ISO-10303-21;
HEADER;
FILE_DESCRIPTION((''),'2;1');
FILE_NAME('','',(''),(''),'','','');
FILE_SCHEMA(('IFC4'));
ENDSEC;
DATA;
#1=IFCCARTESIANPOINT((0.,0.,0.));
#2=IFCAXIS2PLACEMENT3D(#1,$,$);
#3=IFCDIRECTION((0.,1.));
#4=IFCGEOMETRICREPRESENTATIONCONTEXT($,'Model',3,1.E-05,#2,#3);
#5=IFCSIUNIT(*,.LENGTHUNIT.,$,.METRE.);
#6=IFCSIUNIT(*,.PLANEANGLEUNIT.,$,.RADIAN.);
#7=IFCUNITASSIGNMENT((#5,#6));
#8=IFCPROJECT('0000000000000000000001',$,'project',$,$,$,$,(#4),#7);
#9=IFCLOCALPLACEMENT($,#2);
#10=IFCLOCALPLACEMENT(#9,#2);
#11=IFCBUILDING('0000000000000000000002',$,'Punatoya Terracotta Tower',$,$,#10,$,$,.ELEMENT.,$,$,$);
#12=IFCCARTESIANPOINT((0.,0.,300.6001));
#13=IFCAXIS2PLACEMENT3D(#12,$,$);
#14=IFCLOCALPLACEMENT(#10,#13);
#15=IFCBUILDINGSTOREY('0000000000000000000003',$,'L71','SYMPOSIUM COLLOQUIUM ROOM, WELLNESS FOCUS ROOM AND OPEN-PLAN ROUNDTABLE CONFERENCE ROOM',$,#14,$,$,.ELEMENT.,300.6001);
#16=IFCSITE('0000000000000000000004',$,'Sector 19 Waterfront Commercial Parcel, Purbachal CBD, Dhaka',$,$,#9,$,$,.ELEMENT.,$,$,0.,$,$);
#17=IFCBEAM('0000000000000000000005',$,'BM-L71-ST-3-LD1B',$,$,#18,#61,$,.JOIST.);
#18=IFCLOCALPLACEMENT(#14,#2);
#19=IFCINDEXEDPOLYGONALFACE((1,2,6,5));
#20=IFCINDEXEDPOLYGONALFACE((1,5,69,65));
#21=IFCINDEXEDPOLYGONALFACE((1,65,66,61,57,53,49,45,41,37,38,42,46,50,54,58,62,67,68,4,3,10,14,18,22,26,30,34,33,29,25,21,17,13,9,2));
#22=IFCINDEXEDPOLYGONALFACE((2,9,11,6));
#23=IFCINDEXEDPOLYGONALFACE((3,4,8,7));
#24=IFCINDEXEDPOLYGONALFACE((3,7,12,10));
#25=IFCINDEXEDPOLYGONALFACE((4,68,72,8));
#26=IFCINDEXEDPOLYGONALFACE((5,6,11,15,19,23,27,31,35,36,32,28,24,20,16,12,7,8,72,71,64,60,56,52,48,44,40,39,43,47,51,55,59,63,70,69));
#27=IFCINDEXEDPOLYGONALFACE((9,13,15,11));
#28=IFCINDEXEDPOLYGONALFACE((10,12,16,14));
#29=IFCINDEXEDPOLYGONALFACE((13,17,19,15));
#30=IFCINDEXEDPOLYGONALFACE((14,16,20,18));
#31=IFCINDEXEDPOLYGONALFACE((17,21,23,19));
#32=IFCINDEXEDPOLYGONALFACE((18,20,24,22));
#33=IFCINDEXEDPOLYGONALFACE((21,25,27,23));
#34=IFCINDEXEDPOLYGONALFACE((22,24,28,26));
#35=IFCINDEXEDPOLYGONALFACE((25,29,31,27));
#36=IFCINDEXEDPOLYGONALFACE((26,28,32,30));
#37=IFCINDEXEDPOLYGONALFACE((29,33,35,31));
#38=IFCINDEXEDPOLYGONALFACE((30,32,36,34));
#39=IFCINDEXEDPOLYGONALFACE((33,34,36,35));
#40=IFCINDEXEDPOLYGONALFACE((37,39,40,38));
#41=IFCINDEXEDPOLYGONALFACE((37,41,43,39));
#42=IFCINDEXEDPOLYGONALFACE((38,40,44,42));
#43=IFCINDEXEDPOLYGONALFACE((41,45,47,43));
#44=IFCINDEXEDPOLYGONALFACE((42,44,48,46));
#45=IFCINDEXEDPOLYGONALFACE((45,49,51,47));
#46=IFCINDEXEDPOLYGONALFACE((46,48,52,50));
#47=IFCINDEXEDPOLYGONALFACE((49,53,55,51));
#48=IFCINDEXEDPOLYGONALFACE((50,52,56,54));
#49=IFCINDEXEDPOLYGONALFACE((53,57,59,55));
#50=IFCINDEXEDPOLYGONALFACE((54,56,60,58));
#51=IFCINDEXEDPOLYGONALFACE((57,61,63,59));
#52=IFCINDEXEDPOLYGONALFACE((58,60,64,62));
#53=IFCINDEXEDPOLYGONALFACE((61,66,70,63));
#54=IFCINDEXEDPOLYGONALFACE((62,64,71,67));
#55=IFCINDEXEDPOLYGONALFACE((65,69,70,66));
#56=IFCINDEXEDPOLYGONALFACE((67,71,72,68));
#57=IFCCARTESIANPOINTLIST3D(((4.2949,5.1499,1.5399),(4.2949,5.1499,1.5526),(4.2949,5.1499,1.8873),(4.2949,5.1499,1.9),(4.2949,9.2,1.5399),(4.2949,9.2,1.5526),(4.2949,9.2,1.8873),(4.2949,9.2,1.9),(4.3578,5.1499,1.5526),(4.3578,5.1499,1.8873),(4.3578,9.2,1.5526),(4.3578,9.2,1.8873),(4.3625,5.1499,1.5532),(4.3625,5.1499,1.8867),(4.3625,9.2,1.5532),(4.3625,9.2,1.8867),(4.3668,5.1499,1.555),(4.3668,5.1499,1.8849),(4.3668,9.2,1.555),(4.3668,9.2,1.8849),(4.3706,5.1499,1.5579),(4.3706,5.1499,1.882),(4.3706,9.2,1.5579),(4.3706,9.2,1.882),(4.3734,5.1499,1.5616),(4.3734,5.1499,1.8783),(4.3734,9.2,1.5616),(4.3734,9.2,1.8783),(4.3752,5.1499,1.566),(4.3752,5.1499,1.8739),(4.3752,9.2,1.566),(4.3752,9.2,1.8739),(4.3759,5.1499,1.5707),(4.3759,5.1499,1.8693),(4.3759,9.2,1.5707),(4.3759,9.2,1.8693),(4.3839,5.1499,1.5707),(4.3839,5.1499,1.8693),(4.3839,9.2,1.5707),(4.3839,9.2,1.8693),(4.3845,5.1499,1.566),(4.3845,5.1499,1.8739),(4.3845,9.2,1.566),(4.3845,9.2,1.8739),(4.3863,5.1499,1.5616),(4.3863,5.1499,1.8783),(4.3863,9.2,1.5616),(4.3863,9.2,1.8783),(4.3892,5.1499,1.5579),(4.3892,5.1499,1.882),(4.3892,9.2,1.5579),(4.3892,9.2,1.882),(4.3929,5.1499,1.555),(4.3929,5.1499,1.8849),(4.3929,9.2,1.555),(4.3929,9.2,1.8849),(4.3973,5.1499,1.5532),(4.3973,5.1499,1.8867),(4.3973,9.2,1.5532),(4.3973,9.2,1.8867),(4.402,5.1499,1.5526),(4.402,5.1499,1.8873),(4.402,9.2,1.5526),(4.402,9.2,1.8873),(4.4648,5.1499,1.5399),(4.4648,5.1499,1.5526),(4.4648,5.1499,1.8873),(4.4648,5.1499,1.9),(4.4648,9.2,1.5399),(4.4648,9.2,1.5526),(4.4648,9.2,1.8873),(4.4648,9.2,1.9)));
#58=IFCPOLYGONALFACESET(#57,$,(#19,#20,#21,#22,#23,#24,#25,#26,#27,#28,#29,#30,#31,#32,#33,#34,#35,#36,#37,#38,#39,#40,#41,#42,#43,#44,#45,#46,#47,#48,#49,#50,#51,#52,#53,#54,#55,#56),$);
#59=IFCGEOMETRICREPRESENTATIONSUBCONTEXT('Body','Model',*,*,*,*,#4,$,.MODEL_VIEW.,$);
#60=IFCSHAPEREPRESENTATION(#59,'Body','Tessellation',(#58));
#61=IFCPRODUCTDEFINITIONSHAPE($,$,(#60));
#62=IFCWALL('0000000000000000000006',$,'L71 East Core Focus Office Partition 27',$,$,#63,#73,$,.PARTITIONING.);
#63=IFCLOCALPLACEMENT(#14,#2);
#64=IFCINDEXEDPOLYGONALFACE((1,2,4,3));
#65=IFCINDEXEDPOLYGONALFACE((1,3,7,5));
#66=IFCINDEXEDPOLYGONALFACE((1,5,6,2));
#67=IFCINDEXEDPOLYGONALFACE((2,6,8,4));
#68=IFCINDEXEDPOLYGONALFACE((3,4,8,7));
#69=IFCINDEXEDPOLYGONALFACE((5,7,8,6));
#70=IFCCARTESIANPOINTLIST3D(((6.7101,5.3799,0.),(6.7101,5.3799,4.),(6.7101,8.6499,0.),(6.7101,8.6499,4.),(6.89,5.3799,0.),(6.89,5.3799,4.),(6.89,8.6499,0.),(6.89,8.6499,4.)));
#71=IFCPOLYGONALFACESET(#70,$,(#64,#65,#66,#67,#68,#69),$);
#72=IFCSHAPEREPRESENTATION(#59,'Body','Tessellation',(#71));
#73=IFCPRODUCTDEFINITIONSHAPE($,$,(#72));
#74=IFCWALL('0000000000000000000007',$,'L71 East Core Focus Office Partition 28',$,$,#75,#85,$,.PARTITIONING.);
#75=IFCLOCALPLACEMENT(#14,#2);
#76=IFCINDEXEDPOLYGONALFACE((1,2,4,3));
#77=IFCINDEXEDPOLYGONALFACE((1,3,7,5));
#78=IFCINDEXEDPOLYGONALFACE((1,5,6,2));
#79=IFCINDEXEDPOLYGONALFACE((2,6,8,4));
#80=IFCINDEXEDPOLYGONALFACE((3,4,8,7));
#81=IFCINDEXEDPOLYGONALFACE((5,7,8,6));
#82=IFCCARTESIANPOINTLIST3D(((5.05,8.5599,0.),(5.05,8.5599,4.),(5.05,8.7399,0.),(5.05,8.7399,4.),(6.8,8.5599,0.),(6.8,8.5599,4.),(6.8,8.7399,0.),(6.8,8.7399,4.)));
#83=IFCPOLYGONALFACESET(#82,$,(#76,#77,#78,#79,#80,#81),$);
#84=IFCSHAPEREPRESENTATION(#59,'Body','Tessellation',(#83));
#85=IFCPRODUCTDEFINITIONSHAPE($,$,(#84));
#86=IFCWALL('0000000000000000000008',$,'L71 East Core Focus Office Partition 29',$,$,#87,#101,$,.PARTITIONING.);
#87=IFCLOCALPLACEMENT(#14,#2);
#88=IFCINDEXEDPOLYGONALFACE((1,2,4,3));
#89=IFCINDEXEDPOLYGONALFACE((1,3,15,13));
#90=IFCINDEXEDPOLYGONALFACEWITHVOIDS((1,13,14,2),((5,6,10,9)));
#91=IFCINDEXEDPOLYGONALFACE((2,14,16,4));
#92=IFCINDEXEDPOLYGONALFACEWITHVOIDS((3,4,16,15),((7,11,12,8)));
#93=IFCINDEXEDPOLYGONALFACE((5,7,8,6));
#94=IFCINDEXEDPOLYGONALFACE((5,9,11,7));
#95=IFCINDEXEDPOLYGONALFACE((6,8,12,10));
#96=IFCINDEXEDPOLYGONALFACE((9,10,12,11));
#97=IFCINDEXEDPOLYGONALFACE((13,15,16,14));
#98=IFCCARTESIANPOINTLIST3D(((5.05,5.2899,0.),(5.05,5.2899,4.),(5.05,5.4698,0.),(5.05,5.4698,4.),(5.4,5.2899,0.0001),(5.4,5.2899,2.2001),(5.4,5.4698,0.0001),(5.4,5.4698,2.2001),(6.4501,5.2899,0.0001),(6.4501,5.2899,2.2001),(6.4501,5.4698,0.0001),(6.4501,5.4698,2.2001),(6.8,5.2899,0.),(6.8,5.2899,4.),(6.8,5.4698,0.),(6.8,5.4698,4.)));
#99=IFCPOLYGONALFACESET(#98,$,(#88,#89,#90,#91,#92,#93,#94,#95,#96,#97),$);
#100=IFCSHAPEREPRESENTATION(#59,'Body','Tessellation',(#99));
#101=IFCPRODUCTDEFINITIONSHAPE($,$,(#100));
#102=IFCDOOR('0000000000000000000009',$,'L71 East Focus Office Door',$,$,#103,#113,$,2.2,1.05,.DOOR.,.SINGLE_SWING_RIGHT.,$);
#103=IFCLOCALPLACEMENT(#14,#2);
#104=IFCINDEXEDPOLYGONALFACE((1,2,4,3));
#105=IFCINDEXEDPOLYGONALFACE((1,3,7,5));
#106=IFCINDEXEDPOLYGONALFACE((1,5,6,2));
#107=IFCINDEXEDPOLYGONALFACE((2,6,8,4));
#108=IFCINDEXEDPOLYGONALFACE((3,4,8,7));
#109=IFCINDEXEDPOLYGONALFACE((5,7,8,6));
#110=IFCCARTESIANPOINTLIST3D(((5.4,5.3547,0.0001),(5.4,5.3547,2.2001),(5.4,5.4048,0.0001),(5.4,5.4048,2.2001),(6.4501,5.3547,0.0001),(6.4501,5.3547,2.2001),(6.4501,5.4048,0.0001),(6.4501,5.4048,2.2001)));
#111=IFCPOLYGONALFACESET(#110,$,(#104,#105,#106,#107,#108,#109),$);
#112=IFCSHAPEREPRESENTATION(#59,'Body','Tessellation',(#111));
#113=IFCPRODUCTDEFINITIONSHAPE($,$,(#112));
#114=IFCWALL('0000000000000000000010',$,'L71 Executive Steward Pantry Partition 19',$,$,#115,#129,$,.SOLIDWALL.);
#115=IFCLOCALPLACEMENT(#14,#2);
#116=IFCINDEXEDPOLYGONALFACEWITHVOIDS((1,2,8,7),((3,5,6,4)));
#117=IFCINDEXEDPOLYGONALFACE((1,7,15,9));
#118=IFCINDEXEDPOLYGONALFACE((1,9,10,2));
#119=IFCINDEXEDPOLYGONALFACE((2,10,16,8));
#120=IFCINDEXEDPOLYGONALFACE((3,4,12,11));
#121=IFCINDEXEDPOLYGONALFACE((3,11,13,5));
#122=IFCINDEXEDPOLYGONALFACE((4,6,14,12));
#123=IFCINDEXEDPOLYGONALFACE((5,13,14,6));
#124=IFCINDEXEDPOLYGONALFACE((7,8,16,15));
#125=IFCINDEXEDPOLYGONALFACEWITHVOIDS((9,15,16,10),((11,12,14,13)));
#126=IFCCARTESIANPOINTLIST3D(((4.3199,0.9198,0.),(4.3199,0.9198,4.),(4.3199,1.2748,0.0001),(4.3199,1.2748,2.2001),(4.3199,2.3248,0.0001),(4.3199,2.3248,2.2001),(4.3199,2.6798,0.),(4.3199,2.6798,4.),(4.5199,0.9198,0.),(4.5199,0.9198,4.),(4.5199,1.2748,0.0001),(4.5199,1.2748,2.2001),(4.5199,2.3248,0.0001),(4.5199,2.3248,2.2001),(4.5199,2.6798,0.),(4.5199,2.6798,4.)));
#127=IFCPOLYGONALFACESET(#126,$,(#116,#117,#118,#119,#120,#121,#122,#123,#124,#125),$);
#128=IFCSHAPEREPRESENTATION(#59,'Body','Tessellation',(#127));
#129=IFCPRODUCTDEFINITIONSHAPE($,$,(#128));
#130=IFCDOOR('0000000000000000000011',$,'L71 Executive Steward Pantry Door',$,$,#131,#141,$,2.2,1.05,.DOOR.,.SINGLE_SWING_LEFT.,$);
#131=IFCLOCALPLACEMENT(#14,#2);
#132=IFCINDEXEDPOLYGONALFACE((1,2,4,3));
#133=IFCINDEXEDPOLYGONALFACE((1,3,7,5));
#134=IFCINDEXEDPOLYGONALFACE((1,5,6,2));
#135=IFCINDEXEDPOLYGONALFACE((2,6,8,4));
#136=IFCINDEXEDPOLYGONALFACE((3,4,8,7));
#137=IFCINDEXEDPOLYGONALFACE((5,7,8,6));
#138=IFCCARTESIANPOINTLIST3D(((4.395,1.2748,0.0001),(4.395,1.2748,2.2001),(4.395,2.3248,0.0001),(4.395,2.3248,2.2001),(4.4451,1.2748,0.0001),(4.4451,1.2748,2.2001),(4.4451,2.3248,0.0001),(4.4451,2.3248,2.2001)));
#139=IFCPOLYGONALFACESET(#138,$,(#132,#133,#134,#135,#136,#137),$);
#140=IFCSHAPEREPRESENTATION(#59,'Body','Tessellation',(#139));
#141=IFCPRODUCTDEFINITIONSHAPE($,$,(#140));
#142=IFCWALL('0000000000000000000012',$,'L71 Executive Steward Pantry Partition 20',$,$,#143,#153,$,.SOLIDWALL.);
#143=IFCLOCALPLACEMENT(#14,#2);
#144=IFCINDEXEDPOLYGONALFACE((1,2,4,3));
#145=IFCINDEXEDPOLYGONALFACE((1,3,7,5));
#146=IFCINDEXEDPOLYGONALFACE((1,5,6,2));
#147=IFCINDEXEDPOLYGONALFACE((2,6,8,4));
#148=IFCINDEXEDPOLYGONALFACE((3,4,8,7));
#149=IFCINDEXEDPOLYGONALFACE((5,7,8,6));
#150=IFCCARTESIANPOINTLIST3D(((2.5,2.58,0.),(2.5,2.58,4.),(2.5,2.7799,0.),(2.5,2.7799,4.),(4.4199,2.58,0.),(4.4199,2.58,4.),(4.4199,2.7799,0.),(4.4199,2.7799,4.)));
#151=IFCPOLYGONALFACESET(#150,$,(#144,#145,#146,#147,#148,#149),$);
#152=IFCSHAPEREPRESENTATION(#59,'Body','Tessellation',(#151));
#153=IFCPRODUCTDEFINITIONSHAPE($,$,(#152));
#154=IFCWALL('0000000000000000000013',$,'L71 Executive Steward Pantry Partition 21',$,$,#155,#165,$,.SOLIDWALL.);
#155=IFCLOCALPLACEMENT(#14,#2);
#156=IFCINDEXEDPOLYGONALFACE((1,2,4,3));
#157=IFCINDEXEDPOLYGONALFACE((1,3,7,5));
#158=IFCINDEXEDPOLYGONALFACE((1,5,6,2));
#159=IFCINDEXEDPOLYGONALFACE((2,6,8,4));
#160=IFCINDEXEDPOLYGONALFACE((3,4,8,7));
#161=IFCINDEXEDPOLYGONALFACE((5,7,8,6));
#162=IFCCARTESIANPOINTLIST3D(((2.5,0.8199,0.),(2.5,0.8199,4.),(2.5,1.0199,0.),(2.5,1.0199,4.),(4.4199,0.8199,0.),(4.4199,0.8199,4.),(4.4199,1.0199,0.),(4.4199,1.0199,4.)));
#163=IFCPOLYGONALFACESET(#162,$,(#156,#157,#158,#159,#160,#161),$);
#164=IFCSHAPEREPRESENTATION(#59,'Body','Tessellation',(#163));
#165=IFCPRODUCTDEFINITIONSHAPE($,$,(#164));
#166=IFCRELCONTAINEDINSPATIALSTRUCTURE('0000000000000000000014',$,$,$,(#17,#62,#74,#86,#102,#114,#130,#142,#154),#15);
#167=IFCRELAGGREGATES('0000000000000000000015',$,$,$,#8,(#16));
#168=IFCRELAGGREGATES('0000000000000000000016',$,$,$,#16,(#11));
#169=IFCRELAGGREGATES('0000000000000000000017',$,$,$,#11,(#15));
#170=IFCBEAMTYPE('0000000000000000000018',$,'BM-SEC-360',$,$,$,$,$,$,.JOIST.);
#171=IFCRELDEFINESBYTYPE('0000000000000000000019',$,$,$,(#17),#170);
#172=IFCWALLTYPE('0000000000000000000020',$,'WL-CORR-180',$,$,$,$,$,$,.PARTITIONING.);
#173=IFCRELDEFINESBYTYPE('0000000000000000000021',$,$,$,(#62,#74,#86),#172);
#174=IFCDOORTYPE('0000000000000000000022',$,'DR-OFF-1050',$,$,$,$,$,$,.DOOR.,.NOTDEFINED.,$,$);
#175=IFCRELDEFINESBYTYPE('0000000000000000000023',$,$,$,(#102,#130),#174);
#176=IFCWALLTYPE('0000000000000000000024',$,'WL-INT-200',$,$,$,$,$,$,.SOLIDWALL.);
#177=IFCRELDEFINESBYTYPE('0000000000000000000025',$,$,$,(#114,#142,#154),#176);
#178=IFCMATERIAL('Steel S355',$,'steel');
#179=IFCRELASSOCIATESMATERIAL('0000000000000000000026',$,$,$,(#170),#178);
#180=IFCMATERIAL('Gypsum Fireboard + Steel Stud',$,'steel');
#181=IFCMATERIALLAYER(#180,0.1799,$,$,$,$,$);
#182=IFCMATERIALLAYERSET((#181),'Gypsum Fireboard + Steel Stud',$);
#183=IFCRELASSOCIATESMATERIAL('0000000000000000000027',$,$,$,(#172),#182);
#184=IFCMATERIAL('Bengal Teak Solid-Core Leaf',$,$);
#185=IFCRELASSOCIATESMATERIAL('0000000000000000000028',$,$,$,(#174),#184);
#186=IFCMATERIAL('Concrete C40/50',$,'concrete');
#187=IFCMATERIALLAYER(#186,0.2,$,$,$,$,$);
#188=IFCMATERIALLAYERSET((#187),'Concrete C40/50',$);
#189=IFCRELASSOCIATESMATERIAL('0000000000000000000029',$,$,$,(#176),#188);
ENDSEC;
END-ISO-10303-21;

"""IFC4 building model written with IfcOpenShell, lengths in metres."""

from ifc_helpers import new_model, si_unit, direction, frame, frame_2d, origin, origin_2d, place, context, subcontext, project, spatial, rectangle, i_section, extrude, material, layer, layer_set, material_profile, profile_set, type_object, element, fill, save


model = new_model("IFC4")

# Units and contexts
model_context = context("Model", 3, precision=1e-05, world=origin(), true_north=direction((0.0, 1.0)))
body_context = subcontext(model_context, "Body", "Model", "MODEL_VIEW")
ifc_project = project(units=[si_unit("LENGTHUNIT", "METRE"), si_unit("PLANEANGLEUNIT", "RADIAN")], contexts=[model_context])

# Site, building, storey
site_placement = place(None, origin())
site = spatial("IfcSite", under=ifc_project, at=site_placement, Name="Sector 19 Waterfront Commercial Parcel, Purbachal CBD, Dhaka", CompositionType="ELEMENT", RefElevation=0.0)
building_placement = place(site_placement, origin())
building = spatial("IfcBuilding", under=site, at=building_placement, Name="Punatoya Terracotta Tower", CompositionType="ELEMENT")
storey_placement = place(building_placement, frame((0.0, 0.0, 300.6001)))
storey = spatial("IfcBuildingStorey", under=building, at=storey_placement, Name="L71", Description="SYMPOSIUM COLLOQUIUM ROOM, WELLNESS FOCUS ROOM AND OPEN-PLAN ROUNDTABLE CONFERENCE ROOM", CompositionType="ELEMENT", Elevation=300.6001)

# Beam
ifc_material_1 = material(Name="Steel S355", Category="steel")
ifc_material_profile_1 = material_profile(ifc_material_1, i_section(OverallWidth=0.1699, OverallDepth=0.3601, WebThickness=0.0081, FlangeThickness=0.0127, FilletRadius=0.0181, at=origin_2d()))
ifc_profile_set_1 = profile_set([ifc_material_profile_1], Name="Steel S355")
beam_type_1 = type_object("IfcBeamType", Name="BM-SEC-360", PredefinedType="JOIST", material=ifc_profile_set_1)
for number, where, z_axis, x_axis, name in (
    (1, (4.3799, 5.1499, 1.72), (0.0, 1.0, 0.0), (-1.0, 0.0, 0.0), "BM-L71-ST-3-LD1B"),
):
    element("IfcBeam", number, at=place(storey_placement, frame(where, z_axis=z_axis, x_axis=x_axis)), inside=storey, type_object=beam_type_1, Name=name, PredefinedType="JOIST", context=body_context, shape_type="SweptSolid", body=[
        extrude(i_section(OverallWidth=0.1699, OverallDepth=0.3601, WebThickness=0.0081, FlangeThickness=0.0127, FilletRadius=0.0181, at=origin_2d()), origin(), (0.0, 0.0, 1.0), 4.05),
    ])

# Walls
ifc_material_2 = material(Name="Gypsum Fireboard + Steel Stud", Category="steel")
ifc_layer_1 = layer(ifc_material_2, 0.1799)
ifc_layer_set_1 = layer_set([ifc_layer_1], Name="Gypsum Fireboard + Steel Stud")
wall_type_1 = type_object("IfcWallType", Name="WL-CORR-180", PredefinedType="PARTITIONING", material=ifc_layer_set_1)
wall_1_placement = place(storey_placement, frame((6.8, 5.3799, 0.0), z_axis=(0.0, 0.0, 1.0), x_axis=(0.0, 1.0, 0.0)))
element("IfcWall", 2, at=wall_1_placement, inside=storey, type_object=wall_type_1, Name="L71 East Core Focus Office Partition 27", PredefinedType="PARTITIONING", context=body_context, shape_type="SweptSolid", body=[
    extrude(rectangle(XDim=3.27, YDim=0.1799, at=frame_2d((1.635, 0.0))), origin(), (0.0, 0.0, 1.0), 4.0),
])
wall_2_placement = place(storey_placement, frame((6.8, 8.6499, 0.0), z_axis=(0.0, 0.0, 1.0), x_axis=(-1.0, 0.0, 0.0)))
element("IfcWall", 3, at=wall_2_placement, inside=storey, type_object=wall_type_1, Name="L71 East Core Focus Office Partition 28", PredefinedType="PARTITIONING", context=body_context, shape_type="SweptSolid", body=[
    extrude(rectangle(XDim=1.75, YDim=0.1799, at=frame_2d((0.875, 0.0))), origin(), (0.0, 0.0, 1.0), 4.0),
])

# Walls, openings, doors
wall_3_placement = place(storey_placement, frame((5.05, 5.3799, 0.0), z_axis=(0.0, 0.0, 1.0), x_axis=(1.0, 0.0, 0.0)))
wall_3 = element("IfcWall", 4, at=wall_3_placement, inside=storey, type_object=wall_type_1, Name="L71 East Core Focus Office Partition 29", PredefinedType="PARTITIONING", context=body_context, shape_type="SweptSolid", body=[
    extrude(rectangle(XDim=1.75, YDim=0.1799, at=frame_2d((0.875, 0.0))), origin(), (0.0, 0.0, 1.0), 4.0),
])
opening_1_placement = place(wall_3_placement, frame((0.3501, 0.0, 0.0)))
opening_1 = element("IfcOpeningElement", 5, at=opening_1_placement, cuts=wall_3, PredefinedType="OPENING", context=body_context, shape_type="SweptSolid", body=[
    extrude(rectangle(XDim=1.05, YDim=2.2, at=frame_2d((0.5249, 1.1001))), frame((0.0, 0.0999, 0.0), z_axis=(0.0, -1.0, 0.0), x_axis=(1.0, 0.0, 0.0)), (0.0, 0.0, 1.0), 0.2),
])
ifc_material_3 = material(Name="Bengal Teak Solid-Core Leaf")
door_type_1 = type_object("IfcDoorType", Name="DR-OFF-1050", OperationType="NOTDEFINED", PredefinedType="DOOR", material=ifc_material_3)
door_1_placement = place(opening_1_placement, origin())
door_1 = element("IfcDoor", 6, at=door_1_placement, inside=storey, type_object=door_type_1, Name="L71 East Focus Office Door", OperationType="SINGLE_SWING_RIGHT", OverallHeight=2.2, OverallWidth=1.05, PredefinedType="DOOR", context=body_context, shape_type="SweptSolid", body=[
    extrude(rectangle(XDim=1.05, YDim=2.2, at=frame_2d((0.5249, 1.1001))), frame((0.0, 0.0249, 0.0), z_axis=(0.0, -1.0, 0.0), x_axis=(1.0, 0.0, 0.0)), (0.0, 0.0, 1.0), 0.05),
])
fill(opening_1, door_1)
ifc_material_4 = material(Name="Concrete C40/50", Category="concrete")
ifc_layer_2 = layer(ifc_material_4, 0.2)
ifc_layer_set_2 = layer_set([ifc_layer_2], Name="Concrete C40/50")
wall_type_2 = type_object("IfcWallType", Name="WL-INT-200", PredefinedType="SOLIDWALL", material=ifc_layer_set_2)
wall_4_placement = place(storey_placement, frame((4.4199, 0.9199, 0.0), z_axis=(0.0, 0.0, 1.0), x_axis=(0.0, 1.0, 0.0)))
wall_4 = element("IfcWall", 7, at=wall_4_placement, inside=storey, type_object=wall_type_2, Name="L71 Executive Steward Pantry Partition 19", PredefinedType="SOLIDWALL", context=body_context, shape_type="SweptSolid", body=[
    extrude(rectangle(XDim=1.76, YDim=0.2, at=frame_2d((0.8799, 0.0))), origin(), (0.0, 0.0, 1.0), 4.0),
])
opening_2_placement = place(wall_4_placement, frame((0.355, 0.0, 0.0)))
opening_2 = element("IfcOpeningElement", 8, at=opening_2_placement, cuts=wall_4, PredefinedType="OPENING", context=body_context, shape_type="SweptSolid", body=[
    extrude(rectangle(XDim=1.05, YDim=2.2, at=frame_2d((0.5249, 1.1001))), frame((0.0, 0.1099, 0.0), z_axis=(0.0, -1.0, 0.0), x_axis=(1.0, 0.0, 0.0)), (0.0, 0.0, 1.0), 0.22),
])
door_2_placement = place(opening_2_placement, origin())
door_2 = element("IfcDoor", 9, at=door_2_placement, inside=storey, type_object=door_type_1, Name="L71 Executive Steward Pantry Door", OperationType="SINGLE_SWING_LEFT", OverallHeight=2.2, OverallWidth=1.05, PredefinedType="DOOR", context=body_context, shape_type="SweptSolid", body=[
    extrude(rectangle(XDim=1.05, YDim=2.2, at=frame_2d((0.5249, 1.1001))), frame((0.0, 0.0249, 0.0), z_axis=(0.0, -1.0, 0.0), x_axis=(1.0, 0.0, 0.0)), (0.0, 0.0, 1.0), 0.05),
])
fill(opening_2, door_2)

# Walls
for number, where, z_axis, x_axis, name in (
    (10, (4.4199, 2.6799, 0.0), (0.0, 0.0, 1.0), (-1.0, 0.0, 0.0), "L71 Executive Steward Pantry Partition 20"),
    (11, (2.5, 0.9199, 0.0), (0.0, 0.0, 1.0), (1.0, 0.0, 0.0), "L71 Executive Steward Pantry Partition 21"),
):
    element("IfcWall", number, at=place(storey_placement, frame(where, z_axis=z_axis, x_axis=x_axis)), inside=storey, type_object=wall_type_2, Name=name, PredefinedType="SOLIDWALL", context=body_context, shape_type="SweptSolid", body=[
        extrude(rectangle(XDim=1.9199, YDim=0.2, at=frame_2d((0.96, 0.0))), origin(), (0.0, 0.0, 1.0), 4.0),
    ])

save(model, "model.ifc")
